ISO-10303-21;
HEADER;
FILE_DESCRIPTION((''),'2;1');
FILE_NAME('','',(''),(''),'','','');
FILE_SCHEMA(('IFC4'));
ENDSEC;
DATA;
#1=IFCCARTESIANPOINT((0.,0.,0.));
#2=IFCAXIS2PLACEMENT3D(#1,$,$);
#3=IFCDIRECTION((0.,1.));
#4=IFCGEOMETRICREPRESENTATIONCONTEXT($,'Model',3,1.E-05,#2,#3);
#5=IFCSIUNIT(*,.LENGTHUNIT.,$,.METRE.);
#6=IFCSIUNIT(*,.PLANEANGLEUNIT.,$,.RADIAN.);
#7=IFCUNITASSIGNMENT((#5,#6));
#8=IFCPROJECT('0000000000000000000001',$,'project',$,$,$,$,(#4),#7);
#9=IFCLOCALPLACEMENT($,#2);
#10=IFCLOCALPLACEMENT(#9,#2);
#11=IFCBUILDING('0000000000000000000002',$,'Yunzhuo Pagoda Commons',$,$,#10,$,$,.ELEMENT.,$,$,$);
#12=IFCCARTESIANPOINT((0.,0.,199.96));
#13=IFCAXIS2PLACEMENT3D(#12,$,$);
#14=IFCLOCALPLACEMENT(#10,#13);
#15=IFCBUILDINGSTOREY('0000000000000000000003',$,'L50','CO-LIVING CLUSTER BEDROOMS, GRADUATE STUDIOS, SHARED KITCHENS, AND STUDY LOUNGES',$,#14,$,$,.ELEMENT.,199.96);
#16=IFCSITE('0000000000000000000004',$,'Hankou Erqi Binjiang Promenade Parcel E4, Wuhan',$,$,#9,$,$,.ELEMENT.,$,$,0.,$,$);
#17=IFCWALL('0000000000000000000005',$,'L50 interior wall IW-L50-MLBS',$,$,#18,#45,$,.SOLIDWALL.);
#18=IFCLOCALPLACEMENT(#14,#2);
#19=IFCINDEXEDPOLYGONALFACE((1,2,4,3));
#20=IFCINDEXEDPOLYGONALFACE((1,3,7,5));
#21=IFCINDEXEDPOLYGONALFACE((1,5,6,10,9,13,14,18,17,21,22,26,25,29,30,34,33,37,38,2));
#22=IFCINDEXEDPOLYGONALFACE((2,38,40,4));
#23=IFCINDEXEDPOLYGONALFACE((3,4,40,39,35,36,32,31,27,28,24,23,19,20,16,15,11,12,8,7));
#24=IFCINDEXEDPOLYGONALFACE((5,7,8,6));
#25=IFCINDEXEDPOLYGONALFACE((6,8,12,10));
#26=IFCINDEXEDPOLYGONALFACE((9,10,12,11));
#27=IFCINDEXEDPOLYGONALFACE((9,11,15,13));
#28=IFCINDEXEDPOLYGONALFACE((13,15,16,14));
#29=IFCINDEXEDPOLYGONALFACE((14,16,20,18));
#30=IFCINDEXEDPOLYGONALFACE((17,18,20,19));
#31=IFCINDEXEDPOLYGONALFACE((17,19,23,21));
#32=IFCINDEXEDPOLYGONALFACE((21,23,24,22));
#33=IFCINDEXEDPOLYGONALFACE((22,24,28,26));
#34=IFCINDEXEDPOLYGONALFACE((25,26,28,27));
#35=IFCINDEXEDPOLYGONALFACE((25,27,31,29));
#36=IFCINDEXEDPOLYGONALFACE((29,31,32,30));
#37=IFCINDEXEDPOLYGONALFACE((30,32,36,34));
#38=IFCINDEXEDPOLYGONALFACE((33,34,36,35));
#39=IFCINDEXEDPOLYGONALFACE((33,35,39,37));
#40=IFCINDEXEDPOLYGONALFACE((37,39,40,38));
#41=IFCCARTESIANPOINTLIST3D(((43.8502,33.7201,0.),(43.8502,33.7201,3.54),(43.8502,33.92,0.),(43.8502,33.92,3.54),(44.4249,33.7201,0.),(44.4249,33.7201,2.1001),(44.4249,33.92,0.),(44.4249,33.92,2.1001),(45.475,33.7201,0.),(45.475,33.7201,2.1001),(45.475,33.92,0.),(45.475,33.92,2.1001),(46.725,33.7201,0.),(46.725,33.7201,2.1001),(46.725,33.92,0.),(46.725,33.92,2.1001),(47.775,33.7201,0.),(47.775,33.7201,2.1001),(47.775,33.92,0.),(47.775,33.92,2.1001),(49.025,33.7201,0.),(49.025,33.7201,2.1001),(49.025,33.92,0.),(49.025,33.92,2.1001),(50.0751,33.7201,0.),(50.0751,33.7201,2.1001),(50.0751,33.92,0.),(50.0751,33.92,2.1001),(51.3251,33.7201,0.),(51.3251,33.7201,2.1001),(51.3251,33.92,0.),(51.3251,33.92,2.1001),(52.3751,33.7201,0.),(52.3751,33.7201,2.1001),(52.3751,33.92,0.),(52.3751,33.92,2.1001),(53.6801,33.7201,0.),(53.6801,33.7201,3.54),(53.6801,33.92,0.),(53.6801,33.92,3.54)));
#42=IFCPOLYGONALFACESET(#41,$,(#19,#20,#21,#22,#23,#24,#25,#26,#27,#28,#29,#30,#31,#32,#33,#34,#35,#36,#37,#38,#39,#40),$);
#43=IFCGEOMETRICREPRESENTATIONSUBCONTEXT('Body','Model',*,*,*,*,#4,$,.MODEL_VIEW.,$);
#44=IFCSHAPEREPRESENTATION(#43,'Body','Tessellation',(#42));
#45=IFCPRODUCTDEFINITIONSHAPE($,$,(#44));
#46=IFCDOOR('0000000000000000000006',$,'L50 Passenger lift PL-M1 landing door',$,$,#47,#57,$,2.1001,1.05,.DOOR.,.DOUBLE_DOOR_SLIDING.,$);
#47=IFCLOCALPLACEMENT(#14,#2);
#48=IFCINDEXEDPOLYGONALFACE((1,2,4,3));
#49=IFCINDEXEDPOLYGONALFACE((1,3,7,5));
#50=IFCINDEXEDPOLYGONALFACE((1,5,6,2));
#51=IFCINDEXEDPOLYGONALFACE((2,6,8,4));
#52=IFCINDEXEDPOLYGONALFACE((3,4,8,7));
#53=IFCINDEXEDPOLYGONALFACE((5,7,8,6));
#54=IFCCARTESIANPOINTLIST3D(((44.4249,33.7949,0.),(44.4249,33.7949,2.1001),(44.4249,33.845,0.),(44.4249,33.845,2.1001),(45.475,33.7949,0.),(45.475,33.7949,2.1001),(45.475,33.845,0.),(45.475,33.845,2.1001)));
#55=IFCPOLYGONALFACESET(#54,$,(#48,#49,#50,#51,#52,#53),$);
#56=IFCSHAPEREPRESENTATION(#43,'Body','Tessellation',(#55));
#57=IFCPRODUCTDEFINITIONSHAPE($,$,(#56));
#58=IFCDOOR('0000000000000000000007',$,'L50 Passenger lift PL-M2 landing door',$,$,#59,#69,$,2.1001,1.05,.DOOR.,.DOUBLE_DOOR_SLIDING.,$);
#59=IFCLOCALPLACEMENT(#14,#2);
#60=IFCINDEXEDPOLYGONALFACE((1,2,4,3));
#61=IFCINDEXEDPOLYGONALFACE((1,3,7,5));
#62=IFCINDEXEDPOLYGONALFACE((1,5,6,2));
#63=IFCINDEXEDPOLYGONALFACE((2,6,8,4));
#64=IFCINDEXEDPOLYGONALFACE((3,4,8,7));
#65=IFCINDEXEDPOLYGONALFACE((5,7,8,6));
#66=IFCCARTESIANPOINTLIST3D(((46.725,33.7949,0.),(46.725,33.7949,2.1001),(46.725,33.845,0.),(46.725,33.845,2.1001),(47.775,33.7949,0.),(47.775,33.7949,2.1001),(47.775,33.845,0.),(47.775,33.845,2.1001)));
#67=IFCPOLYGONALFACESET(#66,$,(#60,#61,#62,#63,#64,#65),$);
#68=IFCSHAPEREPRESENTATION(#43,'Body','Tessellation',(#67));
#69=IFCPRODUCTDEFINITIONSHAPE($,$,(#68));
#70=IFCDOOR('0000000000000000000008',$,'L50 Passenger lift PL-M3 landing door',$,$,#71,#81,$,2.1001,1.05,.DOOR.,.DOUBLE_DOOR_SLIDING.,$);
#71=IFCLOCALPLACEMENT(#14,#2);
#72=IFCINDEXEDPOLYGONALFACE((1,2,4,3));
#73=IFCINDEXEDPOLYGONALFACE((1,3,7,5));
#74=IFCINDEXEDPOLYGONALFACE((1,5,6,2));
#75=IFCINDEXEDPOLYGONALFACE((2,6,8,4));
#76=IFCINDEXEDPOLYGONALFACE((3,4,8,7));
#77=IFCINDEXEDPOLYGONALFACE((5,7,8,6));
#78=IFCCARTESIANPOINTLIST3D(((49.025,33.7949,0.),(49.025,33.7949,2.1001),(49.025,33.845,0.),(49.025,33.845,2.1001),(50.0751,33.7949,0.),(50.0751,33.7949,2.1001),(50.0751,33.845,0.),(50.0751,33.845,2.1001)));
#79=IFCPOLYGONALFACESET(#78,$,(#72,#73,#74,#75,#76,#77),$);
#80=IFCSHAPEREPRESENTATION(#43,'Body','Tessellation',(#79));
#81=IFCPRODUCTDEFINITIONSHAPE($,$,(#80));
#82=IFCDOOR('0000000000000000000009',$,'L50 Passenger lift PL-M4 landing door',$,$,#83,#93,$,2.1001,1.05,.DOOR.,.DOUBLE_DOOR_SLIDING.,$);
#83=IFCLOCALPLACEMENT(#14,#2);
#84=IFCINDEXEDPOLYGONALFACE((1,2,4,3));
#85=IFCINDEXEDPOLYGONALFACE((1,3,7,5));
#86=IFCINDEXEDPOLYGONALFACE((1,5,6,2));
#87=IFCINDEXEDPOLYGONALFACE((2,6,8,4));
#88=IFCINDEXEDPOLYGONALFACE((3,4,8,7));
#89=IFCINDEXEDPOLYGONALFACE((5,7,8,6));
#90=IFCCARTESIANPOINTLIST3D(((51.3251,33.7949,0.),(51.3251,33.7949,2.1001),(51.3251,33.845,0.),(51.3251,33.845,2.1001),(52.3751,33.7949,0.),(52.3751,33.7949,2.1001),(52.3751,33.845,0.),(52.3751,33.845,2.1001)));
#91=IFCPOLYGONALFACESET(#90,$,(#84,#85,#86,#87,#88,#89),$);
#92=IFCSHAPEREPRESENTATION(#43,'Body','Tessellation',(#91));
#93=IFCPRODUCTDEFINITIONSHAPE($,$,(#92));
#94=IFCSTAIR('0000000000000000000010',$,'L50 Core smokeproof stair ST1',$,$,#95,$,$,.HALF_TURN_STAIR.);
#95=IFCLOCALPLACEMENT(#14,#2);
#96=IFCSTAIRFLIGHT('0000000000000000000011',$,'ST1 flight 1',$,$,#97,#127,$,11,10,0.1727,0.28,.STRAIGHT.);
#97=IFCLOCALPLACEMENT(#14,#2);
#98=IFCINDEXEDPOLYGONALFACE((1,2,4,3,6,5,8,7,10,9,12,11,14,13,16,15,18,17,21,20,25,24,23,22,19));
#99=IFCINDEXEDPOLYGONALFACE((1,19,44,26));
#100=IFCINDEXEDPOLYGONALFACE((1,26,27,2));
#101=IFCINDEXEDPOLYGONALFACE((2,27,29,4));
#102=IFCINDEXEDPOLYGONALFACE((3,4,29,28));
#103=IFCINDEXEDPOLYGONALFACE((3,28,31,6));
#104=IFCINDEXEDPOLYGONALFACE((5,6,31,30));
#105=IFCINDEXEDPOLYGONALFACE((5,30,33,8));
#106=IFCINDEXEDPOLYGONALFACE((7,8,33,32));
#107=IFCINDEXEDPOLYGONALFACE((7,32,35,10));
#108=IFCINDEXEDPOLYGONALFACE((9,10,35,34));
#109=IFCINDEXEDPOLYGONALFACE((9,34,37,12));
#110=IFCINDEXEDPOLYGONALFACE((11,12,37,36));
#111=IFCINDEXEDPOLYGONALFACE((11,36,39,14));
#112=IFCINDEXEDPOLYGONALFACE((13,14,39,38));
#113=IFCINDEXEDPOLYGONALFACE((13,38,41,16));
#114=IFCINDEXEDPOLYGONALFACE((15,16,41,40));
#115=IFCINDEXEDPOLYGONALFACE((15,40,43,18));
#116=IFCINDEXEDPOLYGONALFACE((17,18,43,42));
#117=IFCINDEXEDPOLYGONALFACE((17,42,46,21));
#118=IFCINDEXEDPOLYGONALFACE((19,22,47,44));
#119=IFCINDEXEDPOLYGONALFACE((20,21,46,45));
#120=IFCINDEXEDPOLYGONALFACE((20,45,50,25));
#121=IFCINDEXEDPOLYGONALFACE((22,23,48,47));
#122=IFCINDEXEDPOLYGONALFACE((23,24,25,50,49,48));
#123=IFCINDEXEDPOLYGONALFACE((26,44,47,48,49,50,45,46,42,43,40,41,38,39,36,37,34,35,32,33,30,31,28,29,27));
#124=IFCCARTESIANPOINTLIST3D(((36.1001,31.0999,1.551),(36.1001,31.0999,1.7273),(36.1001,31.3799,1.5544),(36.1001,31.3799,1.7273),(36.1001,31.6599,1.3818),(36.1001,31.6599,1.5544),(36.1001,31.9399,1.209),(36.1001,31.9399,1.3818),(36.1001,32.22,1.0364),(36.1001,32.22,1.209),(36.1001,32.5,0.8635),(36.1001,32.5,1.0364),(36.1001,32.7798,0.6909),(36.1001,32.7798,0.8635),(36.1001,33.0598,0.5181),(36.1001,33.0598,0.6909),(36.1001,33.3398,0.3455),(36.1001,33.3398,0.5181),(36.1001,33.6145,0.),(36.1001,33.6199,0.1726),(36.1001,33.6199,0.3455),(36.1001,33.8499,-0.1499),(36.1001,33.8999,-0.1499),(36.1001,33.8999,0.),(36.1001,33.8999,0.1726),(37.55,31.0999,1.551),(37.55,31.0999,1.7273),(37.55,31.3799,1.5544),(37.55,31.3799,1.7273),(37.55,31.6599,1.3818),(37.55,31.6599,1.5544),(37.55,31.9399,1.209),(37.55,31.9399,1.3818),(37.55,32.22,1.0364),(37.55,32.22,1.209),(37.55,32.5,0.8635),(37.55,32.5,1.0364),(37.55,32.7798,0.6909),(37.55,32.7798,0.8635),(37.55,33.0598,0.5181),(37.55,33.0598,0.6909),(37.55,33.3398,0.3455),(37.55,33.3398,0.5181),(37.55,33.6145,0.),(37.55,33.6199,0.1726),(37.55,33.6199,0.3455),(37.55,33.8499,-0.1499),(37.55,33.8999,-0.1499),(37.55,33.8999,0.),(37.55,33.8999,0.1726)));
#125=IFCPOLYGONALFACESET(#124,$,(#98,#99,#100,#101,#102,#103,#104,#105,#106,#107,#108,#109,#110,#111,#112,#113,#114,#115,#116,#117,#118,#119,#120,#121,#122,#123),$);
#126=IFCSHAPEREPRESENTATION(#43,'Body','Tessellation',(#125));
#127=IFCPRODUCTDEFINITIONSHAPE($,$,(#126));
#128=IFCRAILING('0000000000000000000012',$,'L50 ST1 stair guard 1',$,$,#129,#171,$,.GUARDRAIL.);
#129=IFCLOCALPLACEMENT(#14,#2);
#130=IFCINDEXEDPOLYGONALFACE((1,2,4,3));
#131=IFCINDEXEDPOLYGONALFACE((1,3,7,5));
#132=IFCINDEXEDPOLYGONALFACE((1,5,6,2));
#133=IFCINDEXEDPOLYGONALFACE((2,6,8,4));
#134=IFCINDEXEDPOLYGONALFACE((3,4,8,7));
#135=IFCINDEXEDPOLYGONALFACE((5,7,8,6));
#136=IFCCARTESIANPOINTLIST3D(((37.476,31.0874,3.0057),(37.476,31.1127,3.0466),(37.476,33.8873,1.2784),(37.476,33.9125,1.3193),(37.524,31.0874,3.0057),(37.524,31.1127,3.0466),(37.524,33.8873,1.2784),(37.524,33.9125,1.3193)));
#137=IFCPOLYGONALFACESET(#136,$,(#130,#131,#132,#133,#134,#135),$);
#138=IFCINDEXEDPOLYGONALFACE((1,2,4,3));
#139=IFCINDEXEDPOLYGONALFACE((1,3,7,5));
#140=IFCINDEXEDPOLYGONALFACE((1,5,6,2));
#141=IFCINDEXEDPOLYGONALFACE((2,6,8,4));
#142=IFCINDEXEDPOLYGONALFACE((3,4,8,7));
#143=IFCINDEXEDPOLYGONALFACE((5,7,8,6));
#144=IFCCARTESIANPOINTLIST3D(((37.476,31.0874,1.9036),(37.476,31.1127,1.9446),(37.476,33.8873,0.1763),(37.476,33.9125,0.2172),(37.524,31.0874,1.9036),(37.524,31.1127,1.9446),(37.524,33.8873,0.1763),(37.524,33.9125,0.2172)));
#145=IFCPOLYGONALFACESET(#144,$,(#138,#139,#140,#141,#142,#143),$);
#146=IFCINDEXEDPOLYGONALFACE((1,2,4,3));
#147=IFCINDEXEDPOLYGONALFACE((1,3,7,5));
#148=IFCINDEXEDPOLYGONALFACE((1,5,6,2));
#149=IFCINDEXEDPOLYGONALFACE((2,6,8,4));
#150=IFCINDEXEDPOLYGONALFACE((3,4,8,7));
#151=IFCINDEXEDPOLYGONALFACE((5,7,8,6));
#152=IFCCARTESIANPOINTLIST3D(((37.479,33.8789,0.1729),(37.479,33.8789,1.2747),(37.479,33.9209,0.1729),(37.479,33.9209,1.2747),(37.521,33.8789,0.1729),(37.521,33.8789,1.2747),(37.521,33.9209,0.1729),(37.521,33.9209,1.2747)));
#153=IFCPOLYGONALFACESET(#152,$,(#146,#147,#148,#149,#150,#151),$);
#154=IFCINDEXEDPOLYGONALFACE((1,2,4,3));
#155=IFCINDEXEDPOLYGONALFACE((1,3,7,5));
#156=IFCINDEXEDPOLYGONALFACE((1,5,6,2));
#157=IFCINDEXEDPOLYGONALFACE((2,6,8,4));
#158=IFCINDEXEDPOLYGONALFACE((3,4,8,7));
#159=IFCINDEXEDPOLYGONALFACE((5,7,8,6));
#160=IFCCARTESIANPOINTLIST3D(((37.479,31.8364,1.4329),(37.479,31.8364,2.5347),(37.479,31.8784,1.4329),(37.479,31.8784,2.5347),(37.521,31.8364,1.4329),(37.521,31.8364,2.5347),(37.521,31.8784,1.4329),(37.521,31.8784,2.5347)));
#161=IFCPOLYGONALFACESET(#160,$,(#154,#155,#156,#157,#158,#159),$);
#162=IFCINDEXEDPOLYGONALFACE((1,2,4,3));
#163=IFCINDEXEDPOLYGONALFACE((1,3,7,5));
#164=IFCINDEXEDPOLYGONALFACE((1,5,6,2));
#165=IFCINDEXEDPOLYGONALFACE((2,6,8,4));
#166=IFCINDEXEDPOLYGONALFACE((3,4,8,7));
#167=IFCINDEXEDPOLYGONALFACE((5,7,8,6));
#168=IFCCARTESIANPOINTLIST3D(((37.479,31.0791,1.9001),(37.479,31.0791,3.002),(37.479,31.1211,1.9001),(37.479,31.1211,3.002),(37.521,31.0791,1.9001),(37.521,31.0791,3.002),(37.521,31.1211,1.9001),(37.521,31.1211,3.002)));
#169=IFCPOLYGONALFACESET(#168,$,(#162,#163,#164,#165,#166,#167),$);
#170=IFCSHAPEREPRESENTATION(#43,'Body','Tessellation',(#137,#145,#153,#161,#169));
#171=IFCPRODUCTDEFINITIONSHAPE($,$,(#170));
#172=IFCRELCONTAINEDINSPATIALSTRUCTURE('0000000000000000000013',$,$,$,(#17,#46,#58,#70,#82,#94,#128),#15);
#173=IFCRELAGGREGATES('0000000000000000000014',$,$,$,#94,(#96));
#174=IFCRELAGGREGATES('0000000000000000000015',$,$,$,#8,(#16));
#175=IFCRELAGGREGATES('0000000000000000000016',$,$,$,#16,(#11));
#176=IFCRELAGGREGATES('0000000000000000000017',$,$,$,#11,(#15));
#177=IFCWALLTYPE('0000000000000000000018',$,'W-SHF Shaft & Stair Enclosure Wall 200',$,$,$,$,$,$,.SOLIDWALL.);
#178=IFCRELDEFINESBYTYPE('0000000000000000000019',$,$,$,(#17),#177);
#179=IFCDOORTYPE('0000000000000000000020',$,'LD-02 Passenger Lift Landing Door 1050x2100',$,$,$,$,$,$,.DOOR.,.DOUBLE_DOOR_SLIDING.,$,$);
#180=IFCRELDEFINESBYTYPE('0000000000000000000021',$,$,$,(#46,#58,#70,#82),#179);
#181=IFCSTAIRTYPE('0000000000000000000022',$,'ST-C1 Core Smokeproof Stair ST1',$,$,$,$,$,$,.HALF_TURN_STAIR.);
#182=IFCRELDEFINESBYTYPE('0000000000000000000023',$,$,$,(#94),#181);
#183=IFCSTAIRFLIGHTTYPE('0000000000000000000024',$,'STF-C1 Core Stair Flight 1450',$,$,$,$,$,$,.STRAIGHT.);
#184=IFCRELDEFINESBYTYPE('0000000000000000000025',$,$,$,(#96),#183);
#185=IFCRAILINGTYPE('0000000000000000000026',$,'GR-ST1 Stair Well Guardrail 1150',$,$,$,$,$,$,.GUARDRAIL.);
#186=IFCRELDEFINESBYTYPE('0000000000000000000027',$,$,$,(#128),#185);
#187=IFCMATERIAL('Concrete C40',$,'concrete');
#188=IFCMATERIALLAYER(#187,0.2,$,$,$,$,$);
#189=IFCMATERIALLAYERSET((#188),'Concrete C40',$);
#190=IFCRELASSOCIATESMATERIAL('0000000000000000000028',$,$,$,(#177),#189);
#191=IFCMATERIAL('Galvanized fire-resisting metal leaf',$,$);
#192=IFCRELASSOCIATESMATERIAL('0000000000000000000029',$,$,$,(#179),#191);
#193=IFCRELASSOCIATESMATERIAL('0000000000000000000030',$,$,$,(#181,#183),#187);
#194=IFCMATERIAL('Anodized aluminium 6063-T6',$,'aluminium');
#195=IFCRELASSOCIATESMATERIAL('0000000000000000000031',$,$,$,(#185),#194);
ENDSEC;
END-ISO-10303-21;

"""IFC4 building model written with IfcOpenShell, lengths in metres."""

from ifc_helpers import new_model, si_unit, direction, frame, frame_2d, origin, origin_with_axes, origin_2d, place, context, subcontext, project, spatial, polyline, rectangle, outline, extrude, source, transform, mapped, material, layer, layer_set, type_object, element, fill, aggregate, save


model = new_model("IFC4")

# Units and contexts
model_context = context("Model", 3, precision=1e-05, world=origin(), true_north=direction((0.0, 1.0)))
body_context = subcontext(model_context, "Body", "Model", "MODEL_VIEW")
ifc_project = project(units=[si_unit("LENGTHUNIT", "METRE"), si_unit("PLANEANGLEUNIT", "RADIAN")], contexts=[model_context])

# Site, building, storey
site_placement = place(None, origin())
site = spatial("IfcSite", under=ifc_project, at=site_placement, Name="Hankou Erqi Binjiang Promenade Parcel E4, Wuhan", CompositionType="ELEMENT", RefElevation=0.0)
building_placement = place(site_placement, origin())
building = spatial("IfcBuilding", under=site, at=building_placement, Name="Yunzhuo Pagoda Commons", CompositionType="ELEMENT")
storey_placement = place(building_placement, frame((0.0, 0.0, 199.96)))
storey = spatial("IfcBuildingStorey", under=building, at=storey_placement, Name="L50", Description="CO-LIVING CLUSTER BEDROOMS, GRADUATE STUDIOS, SHARED KITCHENS, AND STUDY LOUNGES", CompositionType="ELEMENT", Elevation=199.96)

# Shared definitions
ifc_material_1 = material(Name="Galvanized fire-resisting metal leaf")
shared_shape_1 = source(origin(), body_context, "Body", "SweptSolid", [
    extrude(rectangle(XDim=1.05, YDim=2.1001, at=frame_2d((0.5249, 1.05))), frame((0.0, 0.0249, 0.0), z_axis=(0.0, -1.0, 0.0), x_axis=(1.0, 0.0, 0.0)), (0.0, 0.0, 1.0), 0.05),
])
ifc_material_2 = material(Name="Concrete C40", Category="concrete")
ifc_layer_1 = layer(ifc_material_2, 0.2)
ifc_layer_set_1 = layer_set([ifc_layer_1], Name="Concrete C40")
wall_type_1 = type_object("IfcWallType", Name="W-SHF Shaft & Stair Enclosure Wall 200", PredefinedType="SOLIDWALL", material=ifc_layer_set_1)
door_type_1 = type_object("IfcDoorType", Name="LD-02 Passenger Lift Landing Door 1050x2100", OperationType="DOUBLE_DOOR_SLIDING", PredefinedType="DOOR", material=ifc_material_1)

# Wall, openings, doors
wall_1_placement = place(storey_placement, frame((43.8501, 33.8201, 0.0), z_axis=(0.0, 0.0, 1.0), x_axis=(1.0, 0.0, 0.0)))
wall_1 = element("IfcWall", 1, at=wall_1_placement, inside=storey, type_object=wall_type_1, Name="L50 interior wall IW-L50-MLBS", PredefinedType="SOLIDWALL", context=body_context, shape_type="SweptSolid", body=[
    extrude(rectangle(XDim=9.8298, YDim=0.2, at=frame_2d((4.915, 0.0))), origin(), (0.0, 0.0, 1.0), 3.54),
])
opening_1_placement = place(wall_1_placement, frame((0.575, 0.0, 0.0)))
opening_1 = element("IfcOpeningElement", 2, at=opening_1_placement, cuts=wall_1, PredefinedType="OPENING", context=body_context, shape_type="SweptSolid", body=[
    extrude(rectangle(XDim=1.05, YDim=2.1001, at=frame_2d((0.5249, 1.05))), frame((0.0, 0.1099, 0.0), z_axis=(0.0, -1.0, 0.0), x_axis=(1.0, 0.0, 0.0)), (0.0, 0.0, 1.0), 0.22),
])
opening_2_placement = place(wall_1_placement, frame((2.875, 0.0, 0.0)))
opening_2 = element("IfcOpeningElement", 3, at=opening_2_placement, cuts=wall_1, PredefinedType="OPENING", context=body_context, shape_type="SweptSolid", body=[
    extrude(rectangle(XDim=1.05, YDim=2.1001, at=frame_2d((0.5249, 1.05))), frame((0.0, 0.1099, 0.0), z_axis=(0.0, -1.0, 0.0), x_axis=(1.0, 0.0, 0.0)), (0.0, 0.0, 1.0), 0.22),
])
opening_3_placement = place(wall_1_placement, frame((5.175, 0.0, 0.0)))
opening_3 = element("IfcOpeningElement", 4, at=opening_3_placement, cuts=wall_1, PredefinedType="OPENING", context=body_context, shape_type="SweptSolid", body=[
    extrude(rectangle(XDim=1.05, YDim=2.1001, at=frame_2d((0.5249, 1.05))), frame((0.0, 0.1099, 0.0), z_axis=(0.0, -1.0, 0.0), x_axis=(1.0, 0.0, 0.0)), (0.0, 0.0, 1.0), 0.22),
])
opening_4_placement = place(wall_1_placement, frame((7.4751, 0.0, 0.0)))
opening_4 = element("IfcOpeningElement", 5, at=opening_4_placement, cuts=wall_1, PredefinedType="OPENING", context=body_context, shape_type="SweptSolid", body=[
    extrude(rectangle(XDim=1.05, YDim=2.1001, at=frame_2d((0.5249, 1.05))), frame((0.0, 0.1099, 0.0), z_axis=(0.0, -1.0, 0.0), x_axis=(1.0, 0.0, 0.0)), (0.0, 0.0, 1.0), 0.22),
])
door_1_placement = place(opening_1_placement, origin_with_axes())
door_1 = element("IfcDoor", 6, at=door_1_placement, inside=storey, type_object=door_type_1, Name="L50 Passenger lift PL-M1 landing door", OperationType="DOUBLE_DOOR_SLIDING", OverallHeight=2.1001, OverallWidth=1.05, PredefinedType="DOOR", context=body_context, shape_type="MappedRepresentation", body=[
    mapped(shared_shape_1, transform((0.0, 0.0, 0.0), scale=1.0)),
])
fill(opening_1, door_1)
door_2_placement = place(opening_2_placement, origin_with_axes())
door_2 = element("IfcDoor", 7, at=door_2_placement, inside=storey, type_object=door_type_1, Name="L50 Passenger lift PL-M2 landing door", OperationType="DOUBLE_DOOR_SLIDING", OverallHeight=2.1001, OverallWidth=1.05, PredefinedType="DOOR", context=body_context, shape_type="MappedRepresentation", body=[
    mapped(shared_shape_1, transform((0.0, 0.0, 0.0), scale=1.0)),
])
fill(opening_2, door_2)
door_3_placement = place(opening_3_placement, origin_with_axes())
door_3 = element("IfcDoor", 8, at=door_3_placement, inside=storey, type_object=door_type_1, Name="L50 Passenger lift PL-M3 landing door", OperationType="DOUBLE_DOOR_SLIDING", OverallHeight=2.1001, OverallWidth=1.05, PredefinedType="DOOR", context=body_context, shape_type="MappedRepresentation", body=[
    mapped(shared_shape_1, transform((0.0, 0.0, 0.0), scale=1.0)),
])
fill(opening_3, door_3)
door_4_placement = place(opening_4_placement, origin_with_axes())
door_4 = element("IfcDoor", 9, at=door_4_placement, inside=storey, type_object=door_type_1, Name="L50 Passenger lift PL-M4 landing door", OperationType="DOUBLE_DOOR_SLIDING", OverallHeight=2.1001, OverallWidth=1.05, PredefinedType="DOOR", context=body_context, shape_type="MappedRepresentation", body=[
    mapped(shared_shape_1, transform((0.0, 0.0, 0.0), scale=1.0)),
])
fill(opening_4, door_4)

# Stair, stair flight
stair_type = type_object("IfcStairType", Name="ST-C1 Core Smokeproof Stair ST1", PredefinedType="HALF_TURN_STAIR", material=ifc_material_2)
stair_placement = place(storey_placement, origin())
stair = element("IfcStair", 10, at=stair_placement, inside=storey, type_object=stair_type, Name="L50 Core smokeproof stair ST1", PredefinedType="HALF_TURN_STAIR")
stair_flight_type = type_object("IfcStairFlightType", Name="STF-C1 Core Stair Flight 1450", PredefinedType="STRAIGHT", material=ifc_material_2)
shared_shape_2 = source(origin(), body_context, "Body", "SweptSolid", [
    extrude(outline(polyline([(0.0, -0.1499), (0.0, 0.0), (0.0, 0.1726), (0.28, 0.1726), (0.28, 0.3455), (0.5601, 0.3455), (0.5601, 0.5181), (0.8401, 0.5181), (0.8401, 0.6909), (1.1201, 0.6909), (1.1201, 0.8635), (1.3999, 0.8635), (1.3999, 1.0364), (1.6799, 1.0364), (1.6799, 1.209), (1.96, 1.209), (1.96, 1.3818), (2.24, 1.3818), (2.24, 1.5544), (2.52, 1.5544), (2.52, 1.7273), (2.8, 1.7273), (2.8, 1.8999), (2.8, 1.551), (0.2854, 0.0), (0.05, -0.1499), (0.0, -0.1499)])), frame((0.0, 0.7251, 0.0), z_axis=(0.0, -1.0, 0.0), x_axis=(1.0, 0.0, 0.0)), (0.0, 0.0, 1.0), 1.45),
])
stair_flight_placement = place(storey_placement, frame((36.825, 33.8999, 0.0), z_axis=(0.0, 0.0, 1.0), x_axis=(0.0, -1.0, 0.0)))
stair_flight = element("IfcStairFlight", 11, at=stair_flight_placement, type_object=stair_flight_type, Name="ST1 flight 1", NumberOfRisers=11, NumberOfTreads=10, PredefinedType="STRAIGHT", RiserHeight=0.1727, TreadLength=0.28, context=body_context, shape_type="MappedRepresentation", body=[
    mapped(shared_shape_2, transform((0.0, 0.0, 0.0), scale=1.0)),
])
aggregate(stair, [stair_flight])

# Railing
ifc_material_3 = material(Name="Anodized aluminium 6063-T6", Category="aluminium")
railing_type_1 = type_object("IfcRailingType", Name="GR-ST1 Stair Well Guardrail 1150", PredefinedType="GUARDRAIL", material=ifc_material_3)
railing_1_placement = place(storey_placement, frame((37.5, 33.8999, 0.1729)))
element("IfcRailing", 12, at=railing_1_placement, inside=storey, type_object=railing_type_1, Name="L50 ST1 stair guard 1", PredefinedType="GUARDRAIL", context=body_context, shape_type="SweptSolid", body=[
    extrude(rectangle(XDim=0.0481, YDim=0.0481, at=origin_2d()), frame((0.0, 0.0, 1.126), z_axis=(0.0, -0.851069, 0.525054), x_axis=(1.0, 0.0, 0.0)), (0.0, 0.0, 1.0), 3.2898),
    extrude(rectangle(XDim=0.0481, YDim=0.0481, at=origin_2d()), frame((0.0, 0.0, 0.0239), z_axis=(0.0, -0.851069, 0.525054), x_axis=(1.0, 0.0, 0.0)), (0.0, 0.0, 1.0), 3.2898),
    extrude(rectangle(XDim=0.042, YDim=0.042, at=origin_2d()), origin(), (0.0, 0.0, 1.0), 1.1018),
    extrude(rectangle(XDim=0.042, YDim=0.042, at=origin_2d()), frame((0.0, -2.0425, 1.26)), (0.0, 0.0, 1.0), 1.1018),
    extrude(rectangle(XDim=0.042, YDim=0.042, at=origin_2d()), frame((0.0, -2.7998, 1.7273)), (0.0, 0.0, 1.0), 1.1018),
])

save(model, "model.ifc")
